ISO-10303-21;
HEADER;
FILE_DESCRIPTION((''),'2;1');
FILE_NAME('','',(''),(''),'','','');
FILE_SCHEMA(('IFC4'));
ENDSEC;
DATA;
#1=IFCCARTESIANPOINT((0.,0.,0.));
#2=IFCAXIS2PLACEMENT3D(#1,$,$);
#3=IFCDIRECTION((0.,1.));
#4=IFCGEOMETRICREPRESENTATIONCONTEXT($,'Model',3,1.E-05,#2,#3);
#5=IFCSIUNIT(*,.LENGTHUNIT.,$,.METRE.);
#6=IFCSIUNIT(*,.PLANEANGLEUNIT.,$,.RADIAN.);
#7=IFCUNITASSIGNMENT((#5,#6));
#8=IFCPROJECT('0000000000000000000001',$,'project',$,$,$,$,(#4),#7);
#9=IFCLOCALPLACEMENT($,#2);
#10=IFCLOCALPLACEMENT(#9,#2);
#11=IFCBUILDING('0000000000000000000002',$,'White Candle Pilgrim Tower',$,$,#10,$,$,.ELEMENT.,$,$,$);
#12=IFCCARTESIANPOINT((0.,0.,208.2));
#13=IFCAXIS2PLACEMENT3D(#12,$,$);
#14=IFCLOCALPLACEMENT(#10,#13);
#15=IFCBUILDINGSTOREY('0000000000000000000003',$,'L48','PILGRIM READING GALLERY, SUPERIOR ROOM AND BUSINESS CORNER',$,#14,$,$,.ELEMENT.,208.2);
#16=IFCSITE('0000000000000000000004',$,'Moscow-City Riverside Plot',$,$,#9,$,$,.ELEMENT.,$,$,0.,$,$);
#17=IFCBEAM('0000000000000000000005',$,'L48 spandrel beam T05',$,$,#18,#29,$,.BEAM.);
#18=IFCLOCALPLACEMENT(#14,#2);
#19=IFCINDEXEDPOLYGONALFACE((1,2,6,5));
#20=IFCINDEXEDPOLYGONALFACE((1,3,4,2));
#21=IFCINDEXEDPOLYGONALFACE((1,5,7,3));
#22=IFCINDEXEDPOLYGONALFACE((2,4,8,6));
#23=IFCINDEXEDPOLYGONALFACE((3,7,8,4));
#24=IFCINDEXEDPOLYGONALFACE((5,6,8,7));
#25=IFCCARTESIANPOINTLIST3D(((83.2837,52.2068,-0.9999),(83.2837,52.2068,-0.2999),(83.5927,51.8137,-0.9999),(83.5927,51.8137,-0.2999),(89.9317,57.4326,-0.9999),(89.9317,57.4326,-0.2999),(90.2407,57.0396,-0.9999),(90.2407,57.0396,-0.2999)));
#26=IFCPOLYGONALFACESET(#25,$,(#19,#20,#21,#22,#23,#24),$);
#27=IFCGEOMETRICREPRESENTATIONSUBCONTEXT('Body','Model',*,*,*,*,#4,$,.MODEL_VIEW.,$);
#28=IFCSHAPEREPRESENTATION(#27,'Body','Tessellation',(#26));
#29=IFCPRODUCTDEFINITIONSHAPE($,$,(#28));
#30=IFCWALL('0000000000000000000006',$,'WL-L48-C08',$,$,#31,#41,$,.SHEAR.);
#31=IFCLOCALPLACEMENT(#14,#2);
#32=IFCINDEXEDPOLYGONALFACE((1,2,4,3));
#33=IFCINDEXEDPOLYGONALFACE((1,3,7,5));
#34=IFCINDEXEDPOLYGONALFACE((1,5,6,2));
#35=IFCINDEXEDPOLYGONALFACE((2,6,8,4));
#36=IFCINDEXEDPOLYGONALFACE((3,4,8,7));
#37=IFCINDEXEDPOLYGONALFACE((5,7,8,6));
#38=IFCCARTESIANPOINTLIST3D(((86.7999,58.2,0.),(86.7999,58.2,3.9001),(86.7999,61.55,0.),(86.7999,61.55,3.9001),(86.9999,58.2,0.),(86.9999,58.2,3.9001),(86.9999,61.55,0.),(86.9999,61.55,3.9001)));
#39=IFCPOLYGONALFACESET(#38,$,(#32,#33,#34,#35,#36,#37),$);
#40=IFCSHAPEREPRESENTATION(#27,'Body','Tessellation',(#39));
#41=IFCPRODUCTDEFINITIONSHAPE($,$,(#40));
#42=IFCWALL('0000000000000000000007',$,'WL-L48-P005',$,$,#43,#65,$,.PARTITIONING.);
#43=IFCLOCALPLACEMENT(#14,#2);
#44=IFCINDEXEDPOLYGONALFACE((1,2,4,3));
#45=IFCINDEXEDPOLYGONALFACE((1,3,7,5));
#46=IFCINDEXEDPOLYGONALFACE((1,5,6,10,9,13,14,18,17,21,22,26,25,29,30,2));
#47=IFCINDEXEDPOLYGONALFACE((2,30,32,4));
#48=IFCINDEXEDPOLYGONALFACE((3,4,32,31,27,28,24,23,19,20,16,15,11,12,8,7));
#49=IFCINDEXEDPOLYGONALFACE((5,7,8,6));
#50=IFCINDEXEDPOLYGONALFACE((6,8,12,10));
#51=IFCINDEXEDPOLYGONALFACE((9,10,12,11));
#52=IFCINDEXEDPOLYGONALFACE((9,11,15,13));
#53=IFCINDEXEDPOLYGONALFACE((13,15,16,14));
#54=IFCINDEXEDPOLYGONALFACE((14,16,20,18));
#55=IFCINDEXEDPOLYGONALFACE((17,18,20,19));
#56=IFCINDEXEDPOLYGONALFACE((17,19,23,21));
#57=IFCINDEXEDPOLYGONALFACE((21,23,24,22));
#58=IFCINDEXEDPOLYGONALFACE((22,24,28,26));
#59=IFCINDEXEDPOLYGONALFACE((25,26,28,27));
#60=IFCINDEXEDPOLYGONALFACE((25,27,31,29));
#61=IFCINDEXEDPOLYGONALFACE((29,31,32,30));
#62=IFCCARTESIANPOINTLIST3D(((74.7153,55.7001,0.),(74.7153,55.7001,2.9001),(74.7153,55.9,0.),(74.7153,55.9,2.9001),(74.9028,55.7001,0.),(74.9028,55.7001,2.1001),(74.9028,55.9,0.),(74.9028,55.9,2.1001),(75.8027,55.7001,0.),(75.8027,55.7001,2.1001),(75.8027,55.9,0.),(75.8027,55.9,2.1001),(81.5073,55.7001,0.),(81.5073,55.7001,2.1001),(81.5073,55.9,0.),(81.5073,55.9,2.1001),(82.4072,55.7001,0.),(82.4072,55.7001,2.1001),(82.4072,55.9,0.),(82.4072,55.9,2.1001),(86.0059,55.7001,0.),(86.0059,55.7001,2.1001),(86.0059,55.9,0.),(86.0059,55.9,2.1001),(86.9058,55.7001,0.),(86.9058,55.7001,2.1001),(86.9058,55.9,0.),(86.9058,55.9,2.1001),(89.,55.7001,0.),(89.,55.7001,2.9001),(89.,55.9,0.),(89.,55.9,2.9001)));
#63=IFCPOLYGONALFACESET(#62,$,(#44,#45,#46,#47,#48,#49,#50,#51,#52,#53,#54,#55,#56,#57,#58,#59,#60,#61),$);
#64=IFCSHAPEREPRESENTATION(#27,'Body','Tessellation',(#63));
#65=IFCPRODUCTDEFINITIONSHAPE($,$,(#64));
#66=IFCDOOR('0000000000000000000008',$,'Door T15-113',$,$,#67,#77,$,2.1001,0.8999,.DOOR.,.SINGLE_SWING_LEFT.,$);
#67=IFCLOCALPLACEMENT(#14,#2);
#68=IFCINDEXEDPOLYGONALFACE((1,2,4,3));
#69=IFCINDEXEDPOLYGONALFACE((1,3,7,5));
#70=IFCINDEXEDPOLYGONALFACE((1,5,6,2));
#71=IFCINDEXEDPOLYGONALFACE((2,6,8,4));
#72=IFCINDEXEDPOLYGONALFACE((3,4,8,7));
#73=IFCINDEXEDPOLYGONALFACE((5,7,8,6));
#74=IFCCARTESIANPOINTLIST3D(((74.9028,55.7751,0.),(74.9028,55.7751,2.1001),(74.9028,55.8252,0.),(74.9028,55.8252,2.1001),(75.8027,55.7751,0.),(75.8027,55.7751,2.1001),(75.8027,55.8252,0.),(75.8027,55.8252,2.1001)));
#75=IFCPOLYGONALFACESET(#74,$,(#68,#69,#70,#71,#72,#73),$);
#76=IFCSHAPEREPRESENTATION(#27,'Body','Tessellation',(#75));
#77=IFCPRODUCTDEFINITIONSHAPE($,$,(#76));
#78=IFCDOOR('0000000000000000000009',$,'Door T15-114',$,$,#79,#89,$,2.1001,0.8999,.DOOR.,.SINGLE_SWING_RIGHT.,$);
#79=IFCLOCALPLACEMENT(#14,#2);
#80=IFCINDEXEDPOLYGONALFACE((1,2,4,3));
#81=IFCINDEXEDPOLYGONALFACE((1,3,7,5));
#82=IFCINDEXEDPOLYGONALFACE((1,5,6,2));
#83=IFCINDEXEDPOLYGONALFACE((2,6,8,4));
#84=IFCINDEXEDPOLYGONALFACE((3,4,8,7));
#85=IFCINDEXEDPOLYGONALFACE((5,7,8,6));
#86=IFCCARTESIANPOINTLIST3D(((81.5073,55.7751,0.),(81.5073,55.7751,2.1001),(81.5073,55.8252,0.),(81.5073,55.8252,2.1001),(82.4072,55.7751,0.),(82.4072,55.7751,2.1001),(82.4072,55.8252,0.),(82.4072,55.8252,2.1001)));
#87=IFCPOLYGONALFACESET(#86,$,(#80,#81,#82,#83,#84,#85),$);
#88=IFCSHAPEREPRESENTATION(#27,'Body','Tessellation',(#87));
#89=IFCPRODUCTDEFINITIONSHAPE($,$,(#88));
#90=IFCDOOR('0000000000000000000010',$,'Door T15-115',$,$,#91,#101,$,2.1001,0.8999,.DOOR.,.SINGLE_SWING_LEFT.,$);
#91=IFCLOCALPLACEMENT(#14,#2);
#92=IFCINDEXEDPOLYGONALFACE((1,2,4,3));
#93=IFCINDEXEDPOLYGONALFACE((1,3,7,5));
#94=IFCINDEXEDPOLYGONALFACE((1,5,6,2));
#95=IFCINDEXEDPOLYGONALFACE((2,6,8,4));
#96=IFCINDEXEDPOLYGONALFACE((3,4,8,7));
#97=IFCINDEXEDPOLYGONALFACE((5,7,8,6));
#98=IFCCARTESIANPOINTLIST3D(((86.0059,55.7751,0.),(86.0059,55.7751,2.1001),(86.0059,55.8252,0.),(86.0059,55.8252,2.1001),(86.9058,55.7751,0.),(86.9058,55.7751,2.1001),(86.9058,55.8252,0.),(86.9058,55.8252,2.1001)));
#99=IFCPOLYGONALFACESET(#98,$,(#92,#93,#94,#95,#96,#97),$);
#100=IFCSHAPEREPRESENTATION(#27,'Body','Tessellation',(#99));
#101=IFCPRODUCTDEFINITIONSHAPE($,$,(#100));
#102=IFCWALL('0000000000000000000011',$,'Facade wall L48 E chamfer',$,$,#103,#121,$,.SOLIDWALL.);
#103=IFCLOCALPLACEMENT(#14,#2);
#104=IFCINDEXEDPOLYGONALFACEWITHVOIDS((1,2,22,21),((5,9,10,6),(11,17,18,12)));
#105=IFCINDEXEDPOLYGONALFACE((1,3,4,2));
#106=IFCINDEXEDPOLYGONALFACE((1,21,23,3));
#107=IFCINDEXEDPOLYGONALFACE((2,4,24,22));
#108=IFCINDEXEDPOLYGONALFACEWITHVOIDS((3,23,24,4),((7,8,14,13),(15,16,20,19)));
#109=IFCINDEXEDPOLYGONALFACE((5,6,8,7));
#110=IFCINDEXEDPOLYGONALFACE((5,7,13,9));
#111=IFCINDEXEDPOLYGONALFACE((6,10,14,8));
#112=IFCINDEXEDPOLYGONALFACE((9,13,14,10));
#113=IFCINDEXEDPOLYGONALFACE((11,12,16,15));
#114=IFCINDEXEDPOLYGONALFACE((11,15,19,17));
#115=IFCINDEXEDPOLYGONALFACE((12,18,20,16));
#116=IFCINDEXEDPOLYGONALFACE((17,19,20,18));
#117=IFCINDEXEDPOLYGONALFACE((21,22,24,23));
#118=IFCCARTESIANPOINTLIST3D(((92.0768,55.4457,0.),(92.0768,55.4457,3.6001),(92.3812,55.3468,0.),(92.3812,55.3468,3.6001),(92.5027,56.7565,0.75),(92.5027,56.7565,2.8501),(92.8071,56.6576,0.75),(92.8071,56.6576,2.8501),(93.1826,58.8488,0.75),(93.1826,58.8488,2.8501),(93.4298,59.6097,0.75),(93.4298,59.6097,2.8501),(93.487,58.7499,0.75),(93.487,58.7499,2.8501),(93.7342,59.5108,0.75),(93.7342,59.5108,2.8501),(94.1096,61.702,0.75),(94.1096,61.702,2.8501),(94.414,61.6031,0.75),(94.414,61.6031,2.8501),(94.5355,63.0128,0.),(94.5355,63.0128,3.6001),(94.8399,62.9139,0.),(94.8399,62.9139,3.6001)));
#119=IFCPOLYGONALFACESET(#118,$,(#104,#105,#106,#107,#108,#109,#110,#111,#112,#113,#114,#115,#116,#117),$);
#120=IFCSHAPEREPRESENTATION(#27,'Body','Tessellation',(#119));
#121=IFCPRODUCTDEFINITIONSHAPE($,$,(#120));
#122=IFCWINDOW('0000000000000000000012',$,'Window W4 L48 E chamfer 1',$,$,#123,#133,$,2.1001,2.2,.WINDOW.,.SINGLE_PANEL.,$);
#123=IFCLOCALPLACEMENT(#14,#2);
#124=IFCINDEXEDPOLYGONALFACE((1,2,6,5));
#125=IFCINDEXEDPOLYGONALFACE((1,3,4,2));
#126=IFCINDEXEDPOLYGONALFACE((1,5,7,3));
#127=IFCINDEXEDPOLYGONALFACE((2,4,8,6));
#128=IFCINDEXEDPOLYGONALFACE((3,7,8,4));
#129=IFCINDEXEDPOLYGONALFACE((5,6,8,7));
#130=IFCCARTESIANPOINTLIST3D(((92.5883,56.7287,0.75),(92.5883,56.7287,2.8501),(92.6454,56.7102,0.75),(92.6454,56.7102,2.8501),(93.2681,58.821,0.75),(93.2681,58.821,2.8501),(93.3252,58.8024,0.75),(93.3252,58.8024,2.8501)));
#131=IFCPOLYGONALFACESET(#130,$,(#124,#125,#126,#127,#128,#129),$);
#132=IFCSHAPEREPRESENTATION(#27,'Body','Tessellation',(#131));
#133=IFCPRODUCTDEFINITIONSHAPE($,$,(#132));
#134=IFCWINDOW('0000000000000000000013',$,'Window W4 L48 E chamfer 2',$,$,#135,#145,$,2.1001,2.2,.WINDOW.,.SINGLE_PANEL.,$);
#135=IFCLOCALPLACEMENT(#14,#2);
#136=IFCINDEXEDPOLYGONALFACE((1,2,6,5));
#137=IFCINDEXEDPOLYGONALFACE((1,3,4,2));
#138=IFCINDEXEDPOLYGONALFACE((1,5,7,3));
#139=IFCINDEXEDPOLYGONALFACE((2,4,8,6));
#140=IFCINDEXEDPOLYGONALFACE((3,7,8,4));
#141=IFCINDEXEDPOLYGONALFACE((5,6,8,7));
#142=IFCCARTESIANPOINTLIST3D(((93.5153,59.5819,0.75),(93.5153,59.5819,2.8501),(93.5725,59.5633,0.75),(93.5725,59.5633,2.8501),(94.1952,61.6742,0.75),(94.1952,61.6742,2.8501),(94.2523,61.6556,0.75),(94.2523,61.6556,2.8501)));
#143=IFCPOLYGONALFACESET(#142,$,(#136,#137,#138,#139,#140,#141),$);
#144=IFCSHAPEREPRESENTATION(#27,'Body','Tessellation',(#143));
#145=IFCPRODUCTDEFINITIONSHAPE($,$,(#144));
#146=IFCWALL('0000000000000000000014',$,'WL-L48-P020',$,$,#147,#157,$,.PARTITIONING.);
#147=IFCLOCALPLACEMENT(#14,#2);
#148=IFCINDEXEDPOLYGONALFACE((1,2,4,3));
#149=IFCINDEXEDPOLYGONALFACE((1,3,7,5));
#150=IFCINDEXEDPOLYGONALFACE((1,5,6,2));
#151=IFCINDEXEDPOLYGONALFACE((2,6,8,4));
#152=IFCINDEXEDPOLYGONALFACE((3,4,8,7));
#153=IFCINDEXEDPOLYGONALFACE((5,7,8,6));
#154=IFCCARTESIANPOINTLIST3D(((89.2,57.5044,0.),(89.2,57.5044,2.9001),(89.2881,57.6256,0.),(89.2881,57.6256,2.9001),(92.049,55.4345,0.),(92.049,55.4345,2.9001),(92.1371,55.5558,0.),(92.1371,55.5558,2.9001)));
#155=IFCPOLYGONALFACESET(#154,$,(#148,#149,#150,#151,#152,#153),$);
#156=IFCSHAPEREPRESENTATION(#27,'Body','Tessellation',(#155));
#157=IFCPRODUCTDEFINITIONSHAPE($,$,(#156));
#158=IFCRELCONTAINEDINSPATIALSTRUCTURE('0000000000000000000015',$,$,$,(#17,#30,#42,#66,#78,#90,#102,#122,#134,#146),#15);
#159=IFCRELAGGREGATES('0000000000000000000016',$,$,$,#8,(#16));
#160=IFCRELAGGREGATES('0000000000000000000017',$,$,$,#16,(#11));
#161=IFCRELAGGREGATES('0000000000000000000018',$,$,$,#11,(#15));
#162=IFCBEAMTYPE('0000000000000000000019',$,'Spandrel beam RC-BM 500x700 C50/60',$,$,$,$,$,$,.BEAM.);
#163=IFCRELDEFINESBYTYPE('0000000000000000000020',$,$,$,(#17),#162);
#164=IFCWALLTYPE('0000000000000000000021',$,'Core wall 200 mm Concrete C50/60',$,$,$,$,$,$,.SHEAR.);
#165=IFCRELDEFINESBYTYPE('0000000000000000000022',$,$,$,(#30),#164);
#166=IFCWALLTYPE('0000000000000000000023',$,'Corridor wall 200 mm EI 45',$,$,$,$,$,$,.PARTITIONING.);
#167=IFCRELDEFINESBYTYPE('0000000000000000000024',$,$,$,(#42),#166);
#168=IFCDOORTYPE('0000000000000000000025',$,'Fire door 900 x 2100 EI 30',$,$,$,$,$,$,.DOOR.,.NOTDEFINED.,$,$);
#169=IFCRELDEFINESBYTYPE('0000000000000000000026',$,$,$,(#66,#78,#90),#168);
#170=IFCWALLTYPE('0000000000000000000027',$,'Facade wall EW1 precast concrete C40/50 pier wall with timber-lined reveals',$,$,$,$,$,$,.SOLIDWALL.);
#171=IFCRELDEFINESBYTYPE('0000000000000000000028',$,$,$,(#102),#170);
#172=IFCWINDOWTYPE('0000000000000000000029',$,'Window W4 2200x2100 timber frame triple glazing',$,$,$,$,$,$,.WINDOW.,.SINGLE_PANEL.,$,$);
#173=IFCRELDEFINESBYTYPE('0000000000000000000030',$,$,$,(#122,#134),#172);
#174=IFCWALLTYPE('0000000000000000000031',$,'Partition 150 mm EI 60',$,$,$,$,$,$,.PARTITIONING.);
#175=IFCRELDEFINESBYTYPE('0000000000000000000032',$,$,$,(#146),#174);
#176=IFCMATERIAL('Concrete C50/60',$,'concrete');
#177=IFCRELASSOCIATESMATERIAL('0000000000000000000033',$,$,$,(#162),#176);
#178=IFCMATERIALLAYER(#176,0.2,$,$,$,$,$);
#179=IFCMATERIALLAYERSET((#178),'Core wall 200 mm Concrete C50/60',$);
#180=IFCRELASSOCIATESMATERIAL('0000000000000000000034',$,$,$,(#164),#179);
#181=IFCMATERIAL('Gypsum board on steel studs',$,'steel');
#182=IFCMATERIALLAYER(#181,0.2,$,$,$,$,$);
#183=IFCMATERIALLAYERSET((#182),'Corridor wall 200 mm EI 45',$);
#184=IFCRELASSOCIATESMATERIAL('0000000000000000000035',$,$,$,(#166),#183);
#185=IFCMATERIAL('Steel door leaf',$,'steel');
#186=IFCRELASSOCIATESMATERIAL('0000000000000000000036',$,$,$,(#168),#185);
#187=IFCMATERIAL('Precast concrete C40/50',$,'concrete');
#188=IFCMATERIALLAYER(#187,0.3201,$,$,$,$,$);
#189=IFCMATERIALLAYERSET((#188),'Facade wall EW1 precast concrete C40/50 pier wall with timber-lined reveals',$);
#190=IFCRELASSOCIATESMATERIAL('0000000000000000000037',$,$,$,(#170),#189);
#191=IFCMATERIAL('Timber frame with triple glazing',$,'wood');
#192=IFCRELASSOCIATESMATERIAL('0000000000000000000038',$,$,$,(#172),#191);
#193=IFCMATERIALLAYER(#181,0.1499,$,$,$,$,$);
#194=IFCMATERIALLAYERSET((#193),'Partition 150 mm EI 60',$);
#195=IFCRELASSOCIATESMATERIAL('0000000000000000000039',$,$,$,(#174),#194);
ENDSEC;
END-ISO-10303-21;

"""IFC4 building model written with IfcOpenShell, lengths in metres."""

from ifc_helpers import new_model, si_unit, direction, frame, frame_2d, origin, origin_2d, place, context, subcontext, project, spatial, rectangle, extrude, material, layer, layer_set, material_profile, profile_set, type_object, element, fill, save


model = new_model("IFC4")

# Units and contexts
model_context = context("Model", 3, precision=1e-05, world=origin(), true_north=direction((0.0, 1.0)))
body_context = subcontext(model_context, "Body", "Model", "MODEL_VIEW")
ifc_project = project(units=[si_unit("LENGTHUNIT", "METRE"), si_unit("PLANEANGLEUNIT", "RADIAN")], contexts=[model_context])

# Site, building, storey
site_placement = place(None, origin())
site = spatial("IfcSite", under=ifc_project, at=site_placement, Name="Moscow-City Riverside Plot", CompositionType="ELEMENT", RefElevation=0.0)
building_placement = place(site_placement, origin())
building = spatial("IfcBuilding", under=site, at=building_placement, Name="White Candle Pilgrim Tower", CompositionType="ELEMENT")
storey_placement = place(building_placement, frame((0.0, 0.0, 208.2)))
storey = spatial("IfcBuildingStorey", under=building, at=storey_placement, Name="L48", Description="PILGRIM READING GALLERY, SUPERIOR ROOM AND BUSINESS CORNER", CompositionType="ELEMENT", Elevation=208.2)

# Beam
ifc_material_1 = material(Name="Concrete C50/60", Category="concrete")
ifc_material_profile_1 = material_profile(ifc_material_1, rectangle(XDim=0.5, YDim=0.7, at=origin_2d()), Name="RC-BM 500x700")
ifc_profile_set_1 = profile_set([ifc_material_profile_1], Name="Concrete C50/60")
beam_type_1 = type_object("IfcBeamType", Name="Spandrel beam RC-BM 500x700 C50/60", PredefinedType="BEAM", material=ifc_profile_set_1)
beam_1_placement = place(storey_placement, frame((83.4382, 52.0103, -0.6499), z_axis=(0.786178, 0.618, 0.0), x_axis=(-0.618, 0.786178, 0.0)))
element("IfcBeam", 1, at=beam_1_placement, inside=storey, type_object=beam_type_1, Name="L48 spandrel beam T05", PredefinedType="BEAM", context=body_context, shape_type="SweptSolid", body=[
    extrude(rectangle(XDim=0.5, YDim=0.7, at=origin_2d()), origin(), (0.0, 0.0, 1.0), 8.4561),
])

# Wall
ifc_layer_1 = layer(ifc_material_1, 0.2)
ifc_layer_set_1 = layer_set([ifc_layer_1], Name="Core wall 200 mm Concrete C50/60")
wall_type_1 = type_object("IfcWallType", Name="Core wall 200 mm Concrete C50/60", PredefinedType="SHEAR", material=ifc_layer_set_1)
wall_1_placement = place(storey_placement, frame((86.8999, 58.2, 0.0), z_axis=(0.0, 0.0, 1.0), x_axis=(0.0, 1.0, 0.0)))
element("IfcWall", 2, at=wall_1_placement, inside=storey, type_object=wall_type_1, Name="WL-L48-C08", PredefinedType="SHEAR", context=body_context, shape_type="SweptSolid", body=[
    extrude(rectangle(XDim=3.3501, YDim=0.2, at=frame_2d((1.675, 0.0))), origin(), (0.0, 0.0, 1.0), 3.9001),
])

# Wall, openings, doors
ifc_material_2 = material(Name="Gypsum board on steel studs", Category="steel")
ifc_layer_2 = layer(ifc_material_2, 0.2)
ifc_layer_set_2 = layer_set([ifc_layer_2], Name="Corridor wall 200 mm EI 45")
wall_type_2 = type_object("IfcWallType", Name="Corridor wall 200 mm EI 45", PredefinedType="PARTITIONING", material=ifc_layer_set_2)
wall_2_placement = place(storey_placement, frame((89.0, 55.8, 0.0), z_axis=(0.0, 0.0, 1.0), x_axis=(-1.0, 0.0, 0.0)))
wall_2 = element("IfcWall", 3, at=wall_2_placement, inside=storey, type_object=wall_type_2, Name="WL-L48-P005", PredefinedType="PARTITIONING", context=body_context, shape_type="SweptSolid", body=[
    extrude(rectangle(XDim=14.2847, YDim=0.2, at=frame_2d((7.1423, 0.0))), origin(), (0.0, 0.0, 1.0), 2.9001),
])
opening_1_placement = place(wall_2_placement, frame((13.1973, 0.0, 0.0)))
opening_1 = element("IfcOpeningElement", 4, at=opening_1_placement, cuts=wall_2, PredefinedType="OPENING", context=body_context, shape_type="SweptSolid", body=[
    extrude(rectangle(XDim=0.8999, YDim=2.1001, at=frame_2d((0.45, 1.05))), frame((0.0, 0.1099, 0.0), z_axis=(0.0, -1.0, 0.0), x_axis=(1.0, 0.0, 0.0)), (0.0, 0.0, 1.0), 0.22),
])
opening_2_placement = place(wall_2_placement, frame((6.5928, 0.0, 0.0)))
opening_2 = element("IfcOpeningElement", 5, at=opening_2_placement, cuts=wall_2, PredefinedType="OPENING", context=body_context, shape_type="SweptSolid", body=[
    extrude(rectangle(XDim=0.8999, YDim=2.1001, at=frame_2d((0.45, 1.05))), frame((0.0, 0.1099, 0.0), z_axis=(0.0, -1.0, 0.0), x_axis=(1.0, 0.0, 0.0)), (0.0, 0.0, 1.0), 0.22),
])
opening_3_placement = place(wall_2_placement, frame((2.0942, 0.0, 0.0)))
opening_3 = element("IfcOpeningElement", 6, at=opening_3_placement, cuts=wall_2, PredefinedType="OPENING", context=body_context, shape_type="SweptSolid", body=[
    extrude(rectangle(XDim=0.8999, YDim=2.1001, at=frame_2d((0.45, 1.05))), frame((0.0, 0.1099, 0.0), z_axis=(0.0, -1.0, 0.0), x_axis=(1.0, 0.0, 0.0)), (0.0, 0.0, 1.0), 0.22),
])
ifc_material_3 = material(Name="Steel door leaf", Category="steel")
door_type_1 = type_object("IfcDoorType", Name="Fire door 900 x 2100 EI 30", OperationType="NOTDEFINED", PredefinedType="DOOR", material=ifc_material_3)
door_1_placement = place(opening_1_placement, origin())
door_1 = element("IfcDoor", 7, at=door_1_placement, inside=storey, type_object=door_type_1, Name="Door T15-113", OperationType="SINGLE_SWING_LEFT", OverallHeight=2.1001, OverallWidth=0.8999, PredefinedType="DOOR", context=body_context, shape_type="SweptSolid", body=[
    extrude(rectangle(XDim=0.8999, YDim=2.1001, at=frame_2d((0.45, 1.05))), frame((0.0, 0.0249, 0.0), z_axis=(0.0, -1.0, 0.0), x_axis=(1.0, 0.0, 0.0)), (0.0, 0.0, 1.0), 0.05),
])
fill(opening_1, door_1)
door_2_placement = place(opening_2_placement, origin())
door_2 = element("IfcDoor", 8, at=door_2_placement, inside=storey, type_object=door_type_1, Name="Door T15-114", OperationType="SINGLE_SWING_RIGHT", OverallHeight=2.1001, OverallWidth=0.8999, PredefinedType="DOOR", context=body_context, shape_type="SweptSolid", body=[
    extrude(rectangle(XDim=0.8999, YDim=2.1001, at=frame_2d((0.45, 1.05))), frame((0.0, 0.0249, 0.0), z_axis=(0.0, -1.0, 0.0), x_axis=(1.0, 0.0, 0.0)), (0.0, 0.0, 1.0), 0.05),
])
fill(opening_2, door_2)
door_3_placement = place(opening_3_placement, origin())
door_3 = element("IfcDoor", 9, at=door_3_placement, inside=storey, type_object=door_type_1, Name="Door T15-115", OperationType="SINGLE_SWING_LEFT", OverallHeight=2.1001, OverallWidth=0.8999, PredefinedType="DOOR", context=body_context, shape_type="SweptSolid", body=[
    extrude(rectangle(XDim=0.8999, YDim=2.1001, at=frame_2d((0.45, 1.05))), frame((0.0, 0.0249, 0.0), z_axis=(0.0, -1.0, 0.0), x_axis=(1.0, 0.0, 0.0)), (0.0, 0.0, 1.0), 0.05),
])
fill(opening_3, door_3)

# Wall, openings, windows
ifc_material_4 = material(Name="Precast concrete C40/50", Category="concrete")
ifc_layer_3 = layer(ifc_material_4, 0.3201)
ifc_layer_set_3 = layer_set([ifc_layer_3], Name="Facade wall EW1 precast concrete C40/50 pier wall with timber-lined reveals")
wall_type_3 = type_object("IfcWallType", Name="Facade wall EW1 precast concrete C40/50 pier wall with timber-lined reveals", PredefinedType="SOLIDWALL", material=ifc_layer_set_3)
wall_3_placement = place(storey_placement, frame((92.229, 55.3962, 0.0), z_axis=(0.0, 0.0, 1.0), x_axis=(0.30902, 0.951055, 0.0)))
wall_3 = element("IfcWall", 10, at=wall_3_placement, inside=storey, type_object=wall_type_3, Name="Facade wall L48 E chamfer", PredefinedType="SOLIDWALL", context=body_context, shape_type="SweptSolid", body=[
    extrude(rectangle(XDim=7.9565, YDim=0.3201, at=frame_2d((3.9783, 0.0))), origin(), (0.0, 0.0, 1.0), 3.6001),
])
opening_4_placement = place(wall_3_placement, frame((1.3782, 0.0, 0.75)))
opening_4 = element("IfcOpeningElement", 11, at=opening_4_placement, cuts=wall_3, PredefinedType="OPENING", context=body_context, shape_type="SweptSolid", body=[
    extrude(rectangle(XDim=2.2, YDim=2.1001, at=frame_2d((1.1001, 1.05))), frame((0.0, 0.1699, 0.0), z_axis=(0.0, -1.0, 0.0), x_axis=(1.0, 0.0, 0.0)), (0.0, 0.0, 1.0), 0.3401),
])
opening_5_placement = place(wall_3_placement, frame((4.3782, 0.0, 0.75)))
opening_5 = element("IfcOpeningElement", 12, at=opening_5_placement, cuts=wall_3, PredefinedType="OPENING", context=body_context, shape_type="SweptSolid", body=[
    extrude(rectangle(XDim=2.2, YDim=2.1001, at=frame_2d((1.1001, 1.05))), frame((0.0, 0.1699, 0.0), z_axis=(0.0, -1.0, 0.0), x_axis=(1.0, 0.0, 0.0)), (0.0, 0.0, 1.0), 0.3401),
])
ifc_material_5 = material(Name="Timber frame with triple glazing", Category="wood")
window_type = type_object("IfcWindowType", Name="Window W4 2200x2100 timber frame triple glazing", PartitioningType="SINGLE_PANEL", PredefinedType="WINDOW", material=ifc_material_5)
window_1_placement = place(opening_4_placement, origin())
window_1 = element("IfcWindow", 13, at=window_1_placement, inside=storey, type_object=window_type, Name="Window W4 L48 E chamfer 1", OverallHeight=2.1001, OverallWidth=2.2, PartitioningType="SINGLE_PANEL", PredefinedType="WINDOW", context=body_context, shape_type="SweptSolid", body=[
    extrude(rectangle(XDim=2.2, YDim=2.1001, at=frame_2d((1.1001, 1.05))), frame((0.0, 0.0701, 0.0), z_axis=(0.0, -1.0, 0.0), x_axis=(1.0, 0.0, 0.0)), (0.0, 0.0, 1.0), 0.0601),
])
fill(opening_4, window_1)
window_2_placement = place(opening_5_placement, origin())
window_2 = element("IfcWindow", 14, at=window_2_placement, inside=storey, type_object=window_type, Name="Window W4 L48 E chamfer 2", OverallHeight=2.1001, OverallWidth=2.2, PartitioningType="SINGLE_PANEL", PredefinedType="WINDOW", context=body_context, shape_type="SweptSolid", body=[
    extrude(rectangle(XDim=2.2, YDim=2.1001, at=frame_2d((1.1001, 1.05))), frame((0.0, 0.0701, 0.0), z_axis=(0.0, -1.0, 0.0), x_axis=(1.0, 0.0, 0.0)), (0.0, 0.0, 1.0), 0.0601),
])
fill(opening_5, window_2)

# Wall
ifc_layer_4 = layer(ifc_material_2, 0.1499)
ifc_layer_set_4 = layer_set([ifc_layer_4], Name="Partition 150 mm EI 60")
wall_type_4 = type_object("IfcWallType", Name="Partition 150 mm EI 60", PredefinedType="PARTITIONING", material=ifc_layer_set_4)
wall_4_placement = place(storey_placement, frame((92.093, 55.4951, 0.0), z_axis=(0.0, 0.0, 1.0), x_axis=(-0.809018, 0.587784, 0.0)))
element("IfcWall", 15, at=wall_4_placement, inside=storey, type_object=wall_type_4, Name="WL-L48-P020", PredefinedType="PARTITIONING", context=body_context, shape_type="SweptSolid", body=[
    extrude(rectangle(XDim=3.5215, YDim=0.1499, at=frame_2d((1.7607, 0.0))), origin(), (0.0, 0.0, 1.0), 2.9001),
])

save(model, "model.ifc")
